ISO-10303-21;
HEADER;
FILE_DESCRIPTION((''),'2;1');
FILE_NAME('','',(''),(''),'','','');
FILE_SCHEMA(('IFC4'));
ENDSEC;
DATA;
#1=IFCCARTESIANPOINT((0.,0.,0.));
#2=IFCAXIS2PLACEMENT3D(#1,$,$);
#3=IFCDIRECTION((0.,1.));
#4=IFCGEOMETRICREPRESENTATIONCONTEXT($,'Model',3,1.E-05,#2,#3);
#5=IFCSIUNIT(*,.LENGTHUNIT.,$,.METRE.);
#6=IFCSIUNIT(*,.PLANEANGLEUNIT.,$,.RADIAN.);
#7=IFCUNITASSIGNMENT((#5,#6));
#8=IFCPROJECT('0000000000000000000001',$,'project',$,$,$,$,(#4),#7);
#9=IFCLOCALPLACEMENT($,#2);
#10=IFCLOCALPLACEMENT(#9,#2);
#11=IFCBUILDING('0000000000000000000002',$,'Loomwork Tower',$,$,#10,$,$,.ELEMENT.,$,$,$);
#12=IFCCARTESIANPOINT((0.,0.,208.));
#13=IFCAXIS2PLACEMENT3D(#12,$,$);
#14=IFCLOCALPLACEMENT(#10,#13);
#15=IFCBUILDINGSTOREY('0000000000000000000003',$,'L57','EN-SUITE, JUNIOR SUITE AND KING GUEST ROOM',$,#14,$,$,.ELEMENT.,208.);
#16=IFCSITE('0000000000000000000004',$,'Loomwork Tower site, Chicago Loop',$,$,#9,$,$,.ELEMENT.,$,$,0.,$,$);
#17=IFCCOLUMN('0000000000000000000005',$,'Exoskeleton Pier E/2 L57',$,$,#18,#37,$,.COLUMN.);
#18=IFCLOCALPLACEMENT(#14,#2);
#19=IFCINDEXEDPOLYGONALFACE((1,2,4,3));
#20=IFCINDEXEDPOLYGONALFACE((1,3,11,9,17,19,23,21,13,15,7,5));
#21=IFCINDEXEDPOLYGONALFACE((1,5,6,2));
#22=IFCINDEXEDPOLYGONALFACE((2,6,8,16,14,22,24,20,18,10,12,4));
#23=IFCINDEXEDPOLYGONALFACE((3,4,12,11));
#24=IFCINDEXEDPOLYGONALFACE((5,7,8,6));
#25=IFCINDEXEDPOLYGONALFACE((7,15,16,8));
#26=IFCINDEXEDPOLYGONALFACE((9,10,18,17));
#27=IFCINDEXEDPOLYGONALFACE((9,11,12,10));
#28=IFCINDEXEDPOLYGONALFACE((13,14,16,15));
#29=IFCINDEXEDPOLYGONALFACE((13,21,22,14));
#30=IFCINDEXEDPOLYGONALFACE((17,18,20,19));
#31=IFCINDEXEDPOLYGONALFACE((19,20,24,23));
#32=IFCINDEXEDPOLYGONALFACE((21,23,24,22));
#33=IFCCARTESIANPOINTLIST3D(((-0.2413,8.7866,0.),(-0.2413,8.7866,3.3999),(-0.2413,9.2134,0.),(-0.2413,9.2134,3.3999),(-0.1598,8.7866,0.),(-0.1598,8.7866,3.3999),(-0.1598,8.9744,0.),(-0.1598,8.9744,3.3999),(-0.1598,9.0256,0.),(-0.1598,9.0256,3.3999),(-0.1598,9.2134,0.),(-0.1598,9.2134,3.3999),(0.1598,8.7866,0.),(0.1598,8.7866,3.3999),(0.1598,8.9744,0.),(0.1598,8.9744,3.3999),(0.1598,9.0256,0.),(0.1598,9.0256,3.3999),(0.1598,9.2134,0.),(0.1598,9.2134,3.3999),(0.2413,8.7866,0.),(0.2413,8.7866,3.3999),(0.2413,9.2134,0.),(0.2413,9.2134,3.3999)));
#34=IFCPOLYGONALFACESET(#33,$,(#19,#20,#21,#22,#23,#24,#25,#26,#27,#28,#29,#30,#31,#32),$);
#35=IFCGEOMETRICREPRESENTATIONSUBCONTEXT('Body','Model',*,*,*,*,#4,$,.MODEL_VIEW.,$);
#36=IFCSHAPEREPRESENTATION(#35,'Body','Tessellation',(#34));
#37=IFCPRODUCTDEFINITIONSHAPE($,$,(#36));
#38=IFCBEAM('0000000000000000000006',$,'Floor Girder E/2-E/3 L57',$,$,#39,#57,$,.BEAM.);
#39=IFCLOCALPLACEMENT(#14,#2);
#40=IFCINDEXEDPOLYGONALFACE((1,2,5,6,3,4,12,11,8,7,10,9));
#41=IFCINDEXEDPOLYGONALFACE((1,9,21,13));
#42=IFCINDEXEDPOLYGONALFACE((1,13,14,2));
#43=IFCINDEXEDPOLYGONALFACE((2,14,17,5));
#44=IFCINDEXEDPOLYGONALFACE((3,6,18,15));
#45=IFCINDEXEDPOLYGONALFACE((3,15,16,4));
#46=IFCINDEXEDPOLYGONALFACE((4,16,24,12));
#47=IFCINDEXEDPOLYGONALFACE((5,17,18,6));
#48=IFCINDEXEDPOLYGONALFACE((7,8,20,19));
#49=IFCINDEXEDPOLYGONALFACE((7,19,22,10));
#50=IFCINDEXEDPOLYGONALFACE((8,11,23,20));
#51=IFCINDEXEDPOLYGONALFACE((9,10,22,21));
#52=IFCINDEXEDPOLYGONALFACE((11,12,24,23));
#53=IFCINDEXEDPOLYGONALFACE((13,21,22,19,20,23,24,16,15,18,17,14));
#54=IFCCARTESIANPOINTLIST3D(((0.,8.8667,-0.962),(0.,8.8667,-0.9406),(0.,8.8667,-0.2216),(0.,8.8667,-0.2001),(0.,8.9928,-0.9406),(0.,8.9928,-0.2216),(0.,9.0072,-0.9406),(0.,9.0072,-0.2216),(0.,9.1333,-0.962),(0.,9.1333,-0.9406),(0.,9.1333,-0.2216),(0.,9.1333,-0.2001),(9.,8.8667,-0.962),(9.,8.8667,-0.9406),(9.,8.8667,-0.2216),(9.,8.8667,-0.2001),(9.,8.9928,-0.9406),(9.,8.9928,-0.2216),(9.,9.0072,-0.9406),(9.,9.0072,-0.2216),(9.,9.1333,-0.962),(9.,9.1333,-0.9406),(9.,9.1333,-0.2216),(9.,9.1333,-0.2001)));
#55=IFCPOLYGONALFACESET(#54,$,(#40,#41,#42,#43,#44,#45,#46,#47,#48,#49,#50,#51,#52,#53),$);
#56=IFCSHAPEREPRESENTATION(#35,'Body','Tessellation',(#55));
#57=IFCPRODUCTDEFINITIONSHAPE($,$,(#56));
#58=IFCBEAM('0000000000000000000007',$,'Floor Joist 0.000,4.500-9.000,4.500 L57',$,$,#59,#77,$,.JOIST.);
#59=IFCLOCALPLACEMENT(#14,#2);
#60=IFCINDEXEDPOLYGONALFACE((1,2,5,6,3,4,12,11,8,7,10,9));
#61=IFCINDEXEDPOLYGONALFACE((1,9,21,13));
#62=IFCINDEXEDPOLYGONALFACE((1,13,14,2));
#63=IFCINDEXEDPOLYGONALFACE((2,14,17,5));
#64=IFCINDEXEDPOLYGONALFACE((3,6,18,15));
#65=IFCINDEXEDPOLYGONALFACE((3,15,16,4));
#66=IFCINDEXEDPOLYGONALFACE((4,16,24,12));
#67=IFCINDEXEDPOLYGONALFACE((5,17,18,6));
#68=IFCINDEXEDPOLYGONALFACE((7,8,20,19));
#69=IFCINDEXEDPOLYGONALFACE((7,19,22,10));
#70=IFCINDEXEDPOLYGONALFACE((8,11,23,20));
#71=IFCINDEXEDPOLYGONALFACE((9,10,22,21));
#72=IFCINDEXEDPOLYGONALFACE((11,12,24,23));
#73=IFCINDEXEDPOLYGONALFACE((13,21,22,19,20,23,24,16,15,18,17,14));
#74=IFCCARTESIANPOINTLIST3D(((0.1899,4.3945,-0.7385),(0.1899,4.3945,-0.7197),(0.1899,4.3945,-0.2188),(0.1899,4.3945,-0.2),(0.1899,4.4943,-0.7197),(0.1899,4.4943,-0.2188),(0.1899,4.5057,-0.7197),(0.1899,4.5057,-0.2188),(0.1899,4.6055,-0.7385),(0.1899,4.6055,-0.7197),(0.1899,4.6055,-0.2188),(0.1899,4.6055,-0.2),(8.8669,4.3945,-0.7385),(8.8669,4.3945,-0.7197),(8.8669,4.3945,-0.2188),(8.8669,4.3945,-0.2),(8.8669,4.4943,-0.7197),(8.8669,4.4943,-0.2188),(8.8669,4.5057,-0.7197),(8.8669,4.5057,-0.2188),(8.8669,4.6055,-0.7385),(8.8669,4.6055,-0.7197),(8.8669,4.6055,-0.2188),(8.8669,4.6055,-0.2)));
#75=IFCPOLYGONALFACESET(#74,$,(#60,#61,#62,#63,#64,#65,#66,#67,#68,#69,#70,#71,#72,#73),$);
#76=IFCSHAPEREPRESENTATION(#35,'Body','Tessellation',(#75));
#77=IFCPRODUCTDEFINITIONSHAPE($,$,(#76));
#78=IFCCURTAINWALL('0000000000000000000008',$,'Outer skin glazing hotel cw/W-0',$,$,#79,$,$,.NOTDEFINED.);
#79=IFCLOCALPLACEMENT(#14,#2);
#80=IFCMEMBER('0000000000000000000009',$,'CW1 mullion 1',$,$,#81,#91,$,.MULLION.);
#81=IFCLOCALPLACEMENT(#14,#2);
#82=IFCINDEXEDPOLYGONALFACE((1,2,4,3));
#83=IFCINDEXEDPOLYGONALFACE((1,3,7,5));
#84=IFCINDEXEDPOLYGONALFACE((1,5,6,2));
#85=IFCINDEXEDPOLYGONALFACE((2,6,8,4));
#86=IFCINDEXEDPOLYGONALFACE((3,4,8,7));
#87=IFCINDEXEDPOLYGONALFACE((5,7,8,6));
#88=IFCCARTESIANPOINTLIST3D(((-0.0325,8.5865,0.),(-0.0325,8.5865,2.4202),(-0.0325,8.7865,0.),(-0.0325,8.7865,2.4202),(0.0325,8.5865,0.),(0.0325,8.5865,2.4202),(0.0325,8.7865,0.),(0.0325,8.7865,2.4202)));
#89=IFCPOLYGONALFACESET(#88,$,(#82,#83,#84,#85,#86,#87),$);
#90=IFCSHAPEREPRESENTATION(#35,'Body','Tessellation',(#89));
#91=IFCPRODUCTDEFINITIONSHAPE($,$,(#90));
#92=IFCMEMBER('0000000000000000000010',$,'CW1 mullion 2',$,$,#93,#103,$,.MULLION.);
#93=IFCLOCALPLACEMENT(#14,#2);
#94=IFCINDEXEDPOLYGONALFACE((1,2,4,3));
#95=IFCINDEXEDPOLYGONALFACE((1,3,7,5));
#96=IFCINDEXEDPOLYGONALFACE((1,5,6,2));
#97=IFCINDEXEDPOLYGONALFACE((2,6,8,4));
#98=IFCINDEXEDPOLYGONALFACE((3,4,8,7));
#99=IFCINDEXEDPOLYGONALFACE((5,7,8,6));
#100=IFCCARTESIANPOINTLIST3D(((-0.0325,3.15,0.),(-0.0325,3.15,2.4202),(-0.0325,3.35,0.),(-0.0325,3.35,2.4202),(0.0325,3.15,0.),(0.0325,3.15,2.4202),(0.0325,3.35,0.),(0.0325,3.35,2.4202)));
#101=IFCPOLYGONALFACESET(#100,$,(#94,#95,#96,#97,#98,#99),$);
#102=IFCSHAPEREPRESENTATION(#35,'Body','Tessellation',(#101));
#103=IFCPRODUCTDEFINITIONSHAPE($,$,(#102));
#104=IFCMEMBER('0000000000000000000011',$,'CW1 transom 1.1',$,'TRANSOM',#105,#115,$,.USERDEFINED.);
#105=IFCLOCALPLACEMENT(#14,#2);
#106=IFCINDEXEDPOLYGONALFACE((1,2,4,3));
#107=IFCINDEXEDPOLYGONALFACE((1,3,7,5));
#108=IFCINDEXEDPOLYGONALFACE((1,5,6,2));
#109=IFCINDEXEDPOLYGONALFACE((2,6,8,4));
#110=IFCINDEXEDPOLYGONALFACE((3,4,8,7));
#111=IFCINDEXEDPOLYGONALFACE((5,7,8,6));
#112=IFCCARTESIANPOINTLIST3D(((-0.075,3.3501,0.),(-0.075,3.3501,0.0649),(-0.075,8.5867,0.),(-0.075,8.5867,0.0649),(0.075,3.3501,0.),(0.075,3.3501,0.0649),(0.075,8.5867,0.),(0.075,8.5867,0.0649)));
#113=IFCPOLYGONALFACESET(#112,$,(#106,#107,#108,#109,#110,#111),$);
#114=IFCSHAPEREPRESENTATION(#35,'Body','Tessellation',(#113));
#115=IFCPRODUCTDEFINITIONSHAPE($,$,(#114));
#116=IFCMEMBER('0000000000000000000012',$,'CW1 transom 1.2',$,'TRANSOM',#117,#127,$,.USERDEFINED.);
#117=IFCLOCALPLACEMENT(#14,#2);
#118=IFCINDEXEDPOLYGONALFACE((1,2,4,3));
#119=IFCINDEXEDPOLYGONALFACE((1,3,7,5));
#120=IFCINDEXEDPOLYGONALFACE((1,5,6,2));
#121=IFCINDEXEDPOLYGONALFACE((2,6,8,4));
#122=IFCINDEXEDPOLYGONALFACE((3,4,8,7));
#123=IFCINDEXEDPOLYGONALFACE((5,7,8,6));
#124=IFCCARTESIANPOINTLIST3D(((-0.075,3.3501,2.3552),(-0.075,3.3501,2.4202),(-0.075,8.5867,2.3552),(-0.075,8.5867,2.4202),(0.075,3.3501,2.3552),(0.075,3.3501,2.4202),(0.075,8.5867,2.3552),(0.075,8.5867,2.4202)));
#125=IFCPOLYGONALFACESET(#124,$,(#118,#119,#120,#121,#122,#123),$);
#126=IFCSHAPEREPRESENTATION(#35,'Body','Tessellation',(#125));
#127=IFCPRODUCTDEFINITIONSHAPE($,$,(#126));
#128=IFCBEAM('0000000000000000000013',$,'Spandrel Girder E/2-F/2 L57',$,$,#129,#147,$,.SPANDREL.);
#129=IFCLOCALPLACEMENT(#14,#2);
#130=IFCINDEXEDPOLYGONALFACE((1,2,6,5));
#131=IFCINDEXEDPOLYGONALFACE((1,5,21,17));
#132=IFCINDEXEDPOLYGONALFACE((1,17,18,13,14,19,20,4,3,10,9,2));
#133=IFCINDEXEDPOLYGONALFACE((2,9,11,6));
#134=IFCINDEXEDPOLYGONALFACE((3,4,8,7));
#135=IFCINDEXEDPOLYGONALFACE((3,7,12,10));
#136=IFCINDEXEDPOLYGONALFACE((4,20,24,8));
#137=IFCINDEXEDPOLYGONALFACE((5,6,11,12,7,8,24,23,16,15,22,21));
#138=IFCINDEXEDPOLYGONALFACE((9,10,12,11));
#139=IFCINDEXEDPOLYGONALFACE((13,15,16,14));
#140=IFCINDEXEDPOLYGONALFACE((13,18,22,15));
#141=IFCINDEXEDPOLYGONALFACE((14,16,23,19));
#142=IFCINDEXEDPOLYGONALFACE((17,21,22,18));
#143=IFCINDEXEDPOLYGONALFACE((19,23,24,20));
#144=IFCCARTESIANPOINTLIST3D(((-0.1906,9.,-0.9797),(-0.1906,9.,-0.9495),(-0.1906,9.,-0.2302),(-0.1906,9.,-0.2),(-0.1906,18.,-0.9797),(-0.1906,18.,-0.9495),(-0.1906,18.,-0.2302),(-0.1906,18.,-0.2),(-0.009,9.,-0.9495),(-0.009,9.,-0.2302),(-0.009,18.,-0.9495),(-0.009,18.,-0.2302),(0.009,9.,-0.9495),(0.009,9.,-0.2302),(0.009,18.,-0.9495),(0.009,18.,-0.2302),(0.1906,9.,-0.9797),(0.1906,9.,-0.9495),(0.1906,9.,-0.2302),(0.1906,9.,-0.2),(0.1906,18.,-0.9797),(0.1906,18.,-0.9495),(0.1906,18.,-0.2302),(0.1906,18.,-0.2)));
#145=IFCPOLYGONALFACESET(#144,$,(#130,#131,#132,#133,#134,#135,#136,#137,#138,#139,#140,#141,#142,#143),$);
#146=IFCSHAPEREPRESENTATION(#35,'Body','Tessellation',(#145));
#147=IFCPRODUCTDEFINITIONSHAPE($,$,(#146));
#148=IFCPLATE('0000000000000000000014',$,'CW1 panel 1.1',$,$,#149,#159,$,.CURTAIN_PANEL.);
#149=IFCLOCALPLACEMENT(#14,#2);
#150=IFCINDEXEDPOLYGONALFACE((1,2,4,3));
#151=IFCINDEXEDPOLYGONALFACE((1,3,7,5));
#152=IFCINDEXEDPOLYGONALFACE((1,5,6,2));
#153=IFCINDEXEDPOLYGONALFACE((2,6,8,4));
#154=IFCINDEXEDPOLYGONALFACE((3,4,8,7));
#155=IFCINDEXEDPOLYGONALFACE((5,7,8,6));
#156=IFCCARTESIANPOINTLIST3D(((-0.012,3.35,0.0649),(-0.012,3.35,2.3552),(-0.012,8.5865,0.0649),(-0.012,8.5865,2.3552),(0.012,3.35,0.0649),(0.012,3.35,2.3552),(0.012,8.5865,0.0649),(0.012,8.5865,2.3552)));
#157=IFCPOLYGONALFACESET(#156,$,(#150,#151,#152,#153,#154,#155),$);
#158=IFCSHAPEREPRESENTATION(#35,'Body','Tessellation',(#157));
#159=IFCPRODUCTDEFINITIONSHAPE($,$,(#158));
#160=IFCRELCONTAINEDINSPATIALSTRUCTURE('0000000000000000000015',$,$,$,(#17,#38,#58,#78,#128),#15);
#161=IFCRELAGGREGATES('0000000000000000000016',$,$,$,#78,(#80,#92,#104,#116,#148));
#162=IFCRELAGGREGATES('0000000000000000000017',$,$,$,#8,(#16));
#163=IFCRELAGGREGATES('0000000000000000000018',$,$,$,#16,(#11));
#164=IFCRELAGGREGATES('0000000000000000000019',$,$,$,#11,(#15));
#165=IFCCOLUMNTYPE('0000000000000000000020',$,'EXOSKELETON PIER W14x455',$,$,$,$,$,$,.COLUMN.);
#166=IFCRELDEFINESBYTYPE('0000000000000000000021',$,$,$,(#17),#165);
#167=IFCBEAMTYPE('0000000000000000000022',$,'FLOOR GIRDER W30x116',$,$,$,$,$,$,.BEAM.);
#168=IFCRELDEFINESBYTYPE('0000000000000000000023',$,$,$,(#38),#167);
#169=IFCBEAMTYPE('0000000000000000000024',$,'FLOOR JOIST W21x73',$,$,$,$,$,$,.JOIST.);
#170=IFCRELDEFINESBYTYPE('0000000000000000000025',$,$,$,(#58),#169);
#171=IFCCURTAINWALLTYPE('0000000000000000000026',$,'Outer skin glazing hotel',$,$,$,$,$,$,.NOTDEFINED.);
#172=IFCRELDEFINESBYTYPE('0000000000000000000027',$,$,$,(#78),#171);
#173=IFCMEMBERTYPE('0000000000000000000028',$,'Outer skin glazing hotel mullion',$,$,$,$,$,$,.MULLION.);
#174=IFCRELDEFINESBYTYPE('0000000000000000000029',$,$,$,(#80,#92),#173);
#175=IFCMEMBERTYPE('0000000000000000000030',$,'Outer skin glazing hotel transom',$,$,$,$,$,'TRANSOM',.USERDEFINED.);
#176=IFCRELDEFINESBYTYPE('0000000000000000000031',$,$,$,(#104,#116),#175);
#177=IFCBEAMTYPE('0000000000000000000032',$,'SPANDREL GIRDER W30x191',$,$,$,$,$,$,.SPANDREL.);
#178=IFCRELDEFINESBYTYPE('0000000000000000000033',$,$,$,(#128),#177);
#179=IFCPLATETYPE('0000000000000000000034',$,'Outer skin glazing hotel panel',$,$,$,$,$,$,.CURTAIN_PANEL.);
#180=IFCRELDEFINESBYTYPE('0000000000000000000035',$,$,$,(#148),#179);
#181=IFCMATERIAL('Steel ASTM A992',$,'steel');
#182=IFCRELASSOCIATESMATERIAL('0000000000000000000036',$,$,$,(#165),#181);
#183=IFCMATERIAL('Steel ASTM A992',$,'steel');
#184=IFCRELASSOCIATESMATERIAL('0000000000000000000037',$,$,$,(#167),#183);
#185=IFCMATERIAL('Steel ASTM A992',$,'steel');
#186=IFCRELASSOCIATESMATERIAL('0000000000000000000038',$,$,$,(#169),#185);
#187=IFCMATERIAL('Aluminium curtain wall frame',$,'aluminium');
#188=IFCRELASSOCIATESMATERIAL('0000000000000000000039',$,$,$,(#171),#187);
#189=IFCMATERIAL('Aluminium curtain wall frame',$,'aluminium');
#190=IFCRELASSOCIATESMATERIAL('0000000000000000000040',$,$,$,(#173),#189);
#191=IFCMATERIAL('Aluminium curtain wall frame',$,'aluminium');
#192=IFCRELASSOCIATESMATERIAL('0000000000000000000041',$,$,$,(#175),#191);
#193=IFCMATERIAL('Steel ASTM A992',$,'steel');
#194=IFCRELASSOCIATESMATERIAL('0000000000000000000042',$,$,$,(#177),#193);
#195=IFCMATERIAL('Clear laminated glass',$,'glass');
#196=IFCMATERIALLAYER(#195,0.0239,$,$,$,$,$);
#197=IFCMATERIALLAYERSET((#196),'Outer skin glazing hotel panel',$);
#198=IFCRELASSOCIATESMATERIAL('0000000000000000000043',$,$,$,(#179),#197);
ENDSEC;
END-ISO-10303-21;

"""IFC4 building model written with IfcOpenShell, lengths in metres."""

from ifc_helpers import new_model, si_unit, direction, frame, origin, origin_2d, place, context, subcontext, project, spatial, rectangle, i_section, extrude, material, layer, layer_set, material_profile, profile_set, type_object, element, aggregate, save


model = new_model("IFC4")

# Units and contexts
model_context = context("Model", 3, precision=1e-05, world=origin(), true_north=direction((0.0, 1.0)))
body_context = subcontext(model_context, "Body", "Model", "MODEL_VIEW")
ifc_project = project(units=[si_unit("LENGTHUNIT", "METRE"), si_unit("PLANEANGLEUNIT", "RADIAN")], contexts=[model_context])

# Site, building, storey
site_placement = place(None, origin())
site = spatial("IfcSite", under=ifc_project, at=site_placement, Name="Loomwork Tower site, Chicago Loop", CompositionType="ELEMENT", RefElevation=0.0)
building_placement = place(site_placement, origin())
building = spatial("IfcBuilding", under=site, at=building_placement, Name="Loomwork Tower", CompositionType="ELEMENT")
storey_placement = place(building_placement, frame((0.0, 0.0, 208.0)))
storey = spatial("IfcBuildingStorey", under=building, at=storey_placement, Name="L57", Description="EN-SUITE, JUNIOR SUITE AND KING GUEST ROOM", CompositionType="ELEMENT", Elevation=208.0)

# Column
ifc_material_1 = material(Name="Steel ASTM A992", Category="steel")
ifc_material_profile_1 = material_profile(ifc_material_1, i_section(OverallWidth=0.4268, OverallDepth=0.4827, WebThickness=0.0513, FlangeThickness=0.0815, at=origin_2d()), Name="W14x455")
ifc_profile_set_1 = profile_set([ifc_material_profile_1], Name="Steel ASTM A992")
column_type = type_object("IfcColumnType", Name="EXOSKELETON PIER W14x455", PredefinedType="COLUMN", material=ifc_profile_set_1)
column_placement = place(storey_placement, frame((0.0, 9.0, 0.0), z_axis=(0.0, 0.0, 1.0), x_axis=(0.0, 1.0, 0.0)))
element("IfcColumn", 1, at=column_placement, inside=storey, type_object=column_type, Name="Exoskeleton Pier E/2 L57", PredefinedType="COLUMN", context=body_context, shape_type="SweptSolid", body=[
    extrude(i_section(OverallWidth=0.4268, OverallDepth=0.4827, WebThickness=0.0513, FlangeThickness=0.0815, at=origin_2d()), origin(), (0.0, 0.0, 1.0), 3.3999),
])

# Beams
ifc_material_2 = material(Name="Steel ASTM A992", Category="steel")
ifc_material_profile_2 = material_profile(ifc_material_2, i_section(OverallWidth=0.2666, OverallDepth=0.762, WebThickness=0.0144, FlangeThickness=0.0215, at=origin_2d()), Name="W30x116")
ifc_profile_set_2 = profile_set([ifc_material_profile_2], Name="Steel ASTM A992")
beam_type_1 = type_object("IfcBeamType", Name="FLOOR GIRDER W30x116", PredefinedType="BEAM", material=ifc_profile_set_2)
beam_1_placement = place(storey_placement, frame((0.0, 9.0, -0.5811), z_axis=(1.0, 0.0, 0.0), x_axis=(0.0, 1.0, 0.0)))
element("IfcBeam", 2, at=beam_1_placement, inside=storey, type_object=beam_type_1, Name="Floor Girder E/2-E/3 L57", PredefinedType="BEAM", context=body_context, shape_type="SweptSolid", body=[
    extrude(i_section(OverallWidth=0.2666, OverallDepth=0.762, WebThickness=0.0144, FlangeThickness=0.0215, at=origin_2d()), origin(), (0.0, 0.0, 1.0), 9.0),
])
ifc_material_3 = material(Name="Steel ASTM A992", Category="steel")
ifc_material_profile_3 = material_profile(ifc_material_3, i_section(OverallWidth=0.2109, OverallDepth=0.5386, WebThickness=0.0115, FlangeThickness=0.0188, at=origin_2d()), Name="W21x73")
ifc_profile_set_3 = profile_set([ifc_material_profile_3], Name="Steel ASTM A992")
beam_type_2 = type_object("IfcBeamType", Name="FLOOR JOIST W21x73", PredefinedType="JOIST", material=ifc_profile_set_3)
beam_2_placement = place(storey_placement, frame((0.1899, 4.5, -0.4692), z_axis=(1.0, 0.0, 0.0), x_axis=(0.0, 1.0, 0.0)))
element("IfcBeam", 3, at=beam_2_placement, inside=storey, type_object=beam_type_2, Name="Floor Joist 0.000,4.500-9.000,4.500 L57", PredefinedType="JOIST", context=body_context, shape_type="SweptSolid", body=[
    extrude(i_section(OverallWidth=0.2109, OverallDepth=0.5386, WebThickness=0.0115, FlangeThickness=0.0188, at=origin_2d()), origin(), (0.0, 0.0, 1.0), 8.677),
])

# Curtain wall, members
ifc_material_4 = material(Name="Aluminium curtain wall frame", Category="aluminium")
curtain_wall_type = type_object("IfcCurtainWallType", Name="Outer skin glazing hotel", PredefinedType="NOTDEFINED", material=ifc_material_4)
curtain_wall_placement = place(storey_placement, origin())
curtain_wall = element("IfcCurtainWall", 4, at=curtain_wall_placement, inside=storey, type_object=curtain_wall_type, Name="Outer skin glazing hotel cw/W-0", PredefinedType="NOTDEFINED")
ifc_material_5 = material(Name="Aluminium curtain wall frame", Category="aluminium")
ifc_material_profile_4 = material_profile(ifc_material_5, rectangle(XDim=0.0649, YDim=0.2, at=origin_2d()), Name="AL 65x200")
ifc_profile_set_4 = profile_set([ifc_material_profile_4], Name="Aluminium curtain wall frame")
member_type_1 = type_object("IfcMemberType", Name="Outer skin glazing hotel mullion", PredefinedType="MULLION", material=ifc_profile_set_4)
member_1_placement = place(storey_placement, frame((0.0, 8.6865, 0.0), z_axis=(0.0, 0.0, 1.0), x_axis=(1.0, 0.0, 0.0)))
member_1 = element("IfcMember", 5, at=member_1_placement, type_object=member_type_1, Name="CW1 mullion 1", PredefinedType="MULLION", context=body_context, shape_type="SweptSolid", body=[
    extrude(rectangle(XDim=0.0649, YDim=0.2, at=origin_2d()), origin(), (0.0, 0.0, 1.0), 2.4202),
])
member_2_placement = place(storey_placement, frame((0.0, 3.25, 0.0), z_axis=(0.0, 0.0, 1.0), x_axis=(1.0, 0.0, 0.0)))
member_2 = element("IfcMember", 6, at=member_2_placement, type_object=member_type_1, Name="CW1 mullion 2", PredefinedType="MULLION", context=body_context, shape_type="SweptSolid", body=[
    extrude(rectangle(XDim=0.0649, YDim=0.2, at=origin_2d()), origin(), (0.0, 0.0, 1.0), 2.4202),
])
ifc_material_6 = material(Name="Aluminium curtain wall frame", Category="aluminium")
ifc_material_profile_5 = material_profile(ifc_material_6, rectangle(XDim=0.1499, YDim=0.0649, at=origin_2d()), Name="AL 65x150")
ifc_profile_set_5 = profile_set([ifc_material_profile_5], Name="Aluminium curtain wall frame")
member_type_2 = type_object("IfcMemberType", Name="Outer skin glazing hotel transom", ElementType="TRANSOM", PredefinedType="USERDEFINED", material=ifc_profile_set_5)
member_3_placement = place(storey_placement, frame((0.0, 8.5867, 0.0325), z_axis=(0.0, -1.0, 0.0), x_axis=(1.0, 0.0, 0.0)))
member_3 = element("IfcMember", 7, at=member_3_placement, type_object=member_type_2, Name="CW1 transom 1.1", ObjectType="TRANSOM", PredefinedType="USERDEFINED", context=body_context, shape_type="SweptSolid", body=[
    extrude(rectangle(XDim=0.1499, YDim=0.0649, at=origin_2d()), origin(), (0.0, 0.0, 1.0), 5.2366),
])
member_4_placement = place(storey_placement, frame((0.0, 8.5867, 2.3877), z_axis=(0.0, -1.0, 0.0), x_axis=(1.0, 0.0, 0.0)))
member_4 = element("IfcMember", 8, at=member_4_placement, type_object=member_type_2, Name="CW1 transom 1.2", ObjectType="TRANSOM", PredefinedType="USERDEFINED", context=body_context, shape_type="SweptSolid", body=[
    extrude(rectangle(XDim=0.1499, YDim=0.0649, at=origin_2d()), origin(), (0.0, 0.0, 1.0), 5.2366),
])

# Beam
ifc_material_7 = material(Name="Steel ASTM A992", Category="steel")
ifc_material_profile_6 = material_profile(ifc_material_7, i_section(OverallWidth=0.3811, OverallDepth=0.7798, WebThickness=0.0181, FlangeThickness=0.0303, at=origin_2d()), Name="W30x191")
ifc_profile_set_6 = profile_set([ifc_material_profile_6], Name="Steel ASTM A992")
beam_type_3 = type_object("IfcBeamType", Name="SPANDREL GIRDER W30x191", PredefinedType="SPANDREL", material=ifc_profile_set_6)
beam_3_placement = place(storey_placement, frame((0.0, 9.0, -0.5898), z_axis=(0.0, 1.0, 0.0), x_axis=(-1.0, 0.0, 0.0)))
element("IfcBeam", 9, at=beam_3_placement, inside=storey, type_object=beam_type_3, Name="Spandrel Girder E/2-F/2 L57", PredefinedType="SPANDREL", context=body_context, shape_type="SweptSolid", body=[
    extrude(i_section(OverallWidth=0.3811, OverallDepth=0.7798, WebThickness=0.0181, FlangeThickness=0.0303, at=origin_2d()), origin(), (0.0, 0.0, 1.0), 9.0),
])

# Plate
ifc_material_8 = material(Name="Clear laminated glass", Category="glass")
ifc_layer_1 = layer(ifc_material_8, 0.0239)
ifc_layer_set_1 = layer_set([ifc_layer_1], Name="Outer skin glazing hotel panel")
plate_type = type_object("IfcPlateType", Name="Outer skin glazing hotel panel", PredefinedType="CURTAIN_PANEL", material=ifc_layer_set_1)
plate_placement = place(storey_placement, frame((0.0, 5.9683, 0.0649), z_axis=(0.0, 0.0, 1.0), x_axis=(0.0, -1.0, 0.0)))
plate = element("IfcPlate", 10, at=plate_placement, type_object=plate_type, Name="CW1 panel 1.1", PredefinedType="CURTAIN_PANEL", context=body_context, shape_type="SweptSolid", body=[
    extrude(rectangle(XDim=5.2366, YDim=0.0239, at=origin_2d()), origin(), (0.0, 0.0, 1.0), 2.2903),
])
aggregate(curtain_wall, [member_1, member_2, member_3, member_4, plate])

save(model, "model.ifc")
